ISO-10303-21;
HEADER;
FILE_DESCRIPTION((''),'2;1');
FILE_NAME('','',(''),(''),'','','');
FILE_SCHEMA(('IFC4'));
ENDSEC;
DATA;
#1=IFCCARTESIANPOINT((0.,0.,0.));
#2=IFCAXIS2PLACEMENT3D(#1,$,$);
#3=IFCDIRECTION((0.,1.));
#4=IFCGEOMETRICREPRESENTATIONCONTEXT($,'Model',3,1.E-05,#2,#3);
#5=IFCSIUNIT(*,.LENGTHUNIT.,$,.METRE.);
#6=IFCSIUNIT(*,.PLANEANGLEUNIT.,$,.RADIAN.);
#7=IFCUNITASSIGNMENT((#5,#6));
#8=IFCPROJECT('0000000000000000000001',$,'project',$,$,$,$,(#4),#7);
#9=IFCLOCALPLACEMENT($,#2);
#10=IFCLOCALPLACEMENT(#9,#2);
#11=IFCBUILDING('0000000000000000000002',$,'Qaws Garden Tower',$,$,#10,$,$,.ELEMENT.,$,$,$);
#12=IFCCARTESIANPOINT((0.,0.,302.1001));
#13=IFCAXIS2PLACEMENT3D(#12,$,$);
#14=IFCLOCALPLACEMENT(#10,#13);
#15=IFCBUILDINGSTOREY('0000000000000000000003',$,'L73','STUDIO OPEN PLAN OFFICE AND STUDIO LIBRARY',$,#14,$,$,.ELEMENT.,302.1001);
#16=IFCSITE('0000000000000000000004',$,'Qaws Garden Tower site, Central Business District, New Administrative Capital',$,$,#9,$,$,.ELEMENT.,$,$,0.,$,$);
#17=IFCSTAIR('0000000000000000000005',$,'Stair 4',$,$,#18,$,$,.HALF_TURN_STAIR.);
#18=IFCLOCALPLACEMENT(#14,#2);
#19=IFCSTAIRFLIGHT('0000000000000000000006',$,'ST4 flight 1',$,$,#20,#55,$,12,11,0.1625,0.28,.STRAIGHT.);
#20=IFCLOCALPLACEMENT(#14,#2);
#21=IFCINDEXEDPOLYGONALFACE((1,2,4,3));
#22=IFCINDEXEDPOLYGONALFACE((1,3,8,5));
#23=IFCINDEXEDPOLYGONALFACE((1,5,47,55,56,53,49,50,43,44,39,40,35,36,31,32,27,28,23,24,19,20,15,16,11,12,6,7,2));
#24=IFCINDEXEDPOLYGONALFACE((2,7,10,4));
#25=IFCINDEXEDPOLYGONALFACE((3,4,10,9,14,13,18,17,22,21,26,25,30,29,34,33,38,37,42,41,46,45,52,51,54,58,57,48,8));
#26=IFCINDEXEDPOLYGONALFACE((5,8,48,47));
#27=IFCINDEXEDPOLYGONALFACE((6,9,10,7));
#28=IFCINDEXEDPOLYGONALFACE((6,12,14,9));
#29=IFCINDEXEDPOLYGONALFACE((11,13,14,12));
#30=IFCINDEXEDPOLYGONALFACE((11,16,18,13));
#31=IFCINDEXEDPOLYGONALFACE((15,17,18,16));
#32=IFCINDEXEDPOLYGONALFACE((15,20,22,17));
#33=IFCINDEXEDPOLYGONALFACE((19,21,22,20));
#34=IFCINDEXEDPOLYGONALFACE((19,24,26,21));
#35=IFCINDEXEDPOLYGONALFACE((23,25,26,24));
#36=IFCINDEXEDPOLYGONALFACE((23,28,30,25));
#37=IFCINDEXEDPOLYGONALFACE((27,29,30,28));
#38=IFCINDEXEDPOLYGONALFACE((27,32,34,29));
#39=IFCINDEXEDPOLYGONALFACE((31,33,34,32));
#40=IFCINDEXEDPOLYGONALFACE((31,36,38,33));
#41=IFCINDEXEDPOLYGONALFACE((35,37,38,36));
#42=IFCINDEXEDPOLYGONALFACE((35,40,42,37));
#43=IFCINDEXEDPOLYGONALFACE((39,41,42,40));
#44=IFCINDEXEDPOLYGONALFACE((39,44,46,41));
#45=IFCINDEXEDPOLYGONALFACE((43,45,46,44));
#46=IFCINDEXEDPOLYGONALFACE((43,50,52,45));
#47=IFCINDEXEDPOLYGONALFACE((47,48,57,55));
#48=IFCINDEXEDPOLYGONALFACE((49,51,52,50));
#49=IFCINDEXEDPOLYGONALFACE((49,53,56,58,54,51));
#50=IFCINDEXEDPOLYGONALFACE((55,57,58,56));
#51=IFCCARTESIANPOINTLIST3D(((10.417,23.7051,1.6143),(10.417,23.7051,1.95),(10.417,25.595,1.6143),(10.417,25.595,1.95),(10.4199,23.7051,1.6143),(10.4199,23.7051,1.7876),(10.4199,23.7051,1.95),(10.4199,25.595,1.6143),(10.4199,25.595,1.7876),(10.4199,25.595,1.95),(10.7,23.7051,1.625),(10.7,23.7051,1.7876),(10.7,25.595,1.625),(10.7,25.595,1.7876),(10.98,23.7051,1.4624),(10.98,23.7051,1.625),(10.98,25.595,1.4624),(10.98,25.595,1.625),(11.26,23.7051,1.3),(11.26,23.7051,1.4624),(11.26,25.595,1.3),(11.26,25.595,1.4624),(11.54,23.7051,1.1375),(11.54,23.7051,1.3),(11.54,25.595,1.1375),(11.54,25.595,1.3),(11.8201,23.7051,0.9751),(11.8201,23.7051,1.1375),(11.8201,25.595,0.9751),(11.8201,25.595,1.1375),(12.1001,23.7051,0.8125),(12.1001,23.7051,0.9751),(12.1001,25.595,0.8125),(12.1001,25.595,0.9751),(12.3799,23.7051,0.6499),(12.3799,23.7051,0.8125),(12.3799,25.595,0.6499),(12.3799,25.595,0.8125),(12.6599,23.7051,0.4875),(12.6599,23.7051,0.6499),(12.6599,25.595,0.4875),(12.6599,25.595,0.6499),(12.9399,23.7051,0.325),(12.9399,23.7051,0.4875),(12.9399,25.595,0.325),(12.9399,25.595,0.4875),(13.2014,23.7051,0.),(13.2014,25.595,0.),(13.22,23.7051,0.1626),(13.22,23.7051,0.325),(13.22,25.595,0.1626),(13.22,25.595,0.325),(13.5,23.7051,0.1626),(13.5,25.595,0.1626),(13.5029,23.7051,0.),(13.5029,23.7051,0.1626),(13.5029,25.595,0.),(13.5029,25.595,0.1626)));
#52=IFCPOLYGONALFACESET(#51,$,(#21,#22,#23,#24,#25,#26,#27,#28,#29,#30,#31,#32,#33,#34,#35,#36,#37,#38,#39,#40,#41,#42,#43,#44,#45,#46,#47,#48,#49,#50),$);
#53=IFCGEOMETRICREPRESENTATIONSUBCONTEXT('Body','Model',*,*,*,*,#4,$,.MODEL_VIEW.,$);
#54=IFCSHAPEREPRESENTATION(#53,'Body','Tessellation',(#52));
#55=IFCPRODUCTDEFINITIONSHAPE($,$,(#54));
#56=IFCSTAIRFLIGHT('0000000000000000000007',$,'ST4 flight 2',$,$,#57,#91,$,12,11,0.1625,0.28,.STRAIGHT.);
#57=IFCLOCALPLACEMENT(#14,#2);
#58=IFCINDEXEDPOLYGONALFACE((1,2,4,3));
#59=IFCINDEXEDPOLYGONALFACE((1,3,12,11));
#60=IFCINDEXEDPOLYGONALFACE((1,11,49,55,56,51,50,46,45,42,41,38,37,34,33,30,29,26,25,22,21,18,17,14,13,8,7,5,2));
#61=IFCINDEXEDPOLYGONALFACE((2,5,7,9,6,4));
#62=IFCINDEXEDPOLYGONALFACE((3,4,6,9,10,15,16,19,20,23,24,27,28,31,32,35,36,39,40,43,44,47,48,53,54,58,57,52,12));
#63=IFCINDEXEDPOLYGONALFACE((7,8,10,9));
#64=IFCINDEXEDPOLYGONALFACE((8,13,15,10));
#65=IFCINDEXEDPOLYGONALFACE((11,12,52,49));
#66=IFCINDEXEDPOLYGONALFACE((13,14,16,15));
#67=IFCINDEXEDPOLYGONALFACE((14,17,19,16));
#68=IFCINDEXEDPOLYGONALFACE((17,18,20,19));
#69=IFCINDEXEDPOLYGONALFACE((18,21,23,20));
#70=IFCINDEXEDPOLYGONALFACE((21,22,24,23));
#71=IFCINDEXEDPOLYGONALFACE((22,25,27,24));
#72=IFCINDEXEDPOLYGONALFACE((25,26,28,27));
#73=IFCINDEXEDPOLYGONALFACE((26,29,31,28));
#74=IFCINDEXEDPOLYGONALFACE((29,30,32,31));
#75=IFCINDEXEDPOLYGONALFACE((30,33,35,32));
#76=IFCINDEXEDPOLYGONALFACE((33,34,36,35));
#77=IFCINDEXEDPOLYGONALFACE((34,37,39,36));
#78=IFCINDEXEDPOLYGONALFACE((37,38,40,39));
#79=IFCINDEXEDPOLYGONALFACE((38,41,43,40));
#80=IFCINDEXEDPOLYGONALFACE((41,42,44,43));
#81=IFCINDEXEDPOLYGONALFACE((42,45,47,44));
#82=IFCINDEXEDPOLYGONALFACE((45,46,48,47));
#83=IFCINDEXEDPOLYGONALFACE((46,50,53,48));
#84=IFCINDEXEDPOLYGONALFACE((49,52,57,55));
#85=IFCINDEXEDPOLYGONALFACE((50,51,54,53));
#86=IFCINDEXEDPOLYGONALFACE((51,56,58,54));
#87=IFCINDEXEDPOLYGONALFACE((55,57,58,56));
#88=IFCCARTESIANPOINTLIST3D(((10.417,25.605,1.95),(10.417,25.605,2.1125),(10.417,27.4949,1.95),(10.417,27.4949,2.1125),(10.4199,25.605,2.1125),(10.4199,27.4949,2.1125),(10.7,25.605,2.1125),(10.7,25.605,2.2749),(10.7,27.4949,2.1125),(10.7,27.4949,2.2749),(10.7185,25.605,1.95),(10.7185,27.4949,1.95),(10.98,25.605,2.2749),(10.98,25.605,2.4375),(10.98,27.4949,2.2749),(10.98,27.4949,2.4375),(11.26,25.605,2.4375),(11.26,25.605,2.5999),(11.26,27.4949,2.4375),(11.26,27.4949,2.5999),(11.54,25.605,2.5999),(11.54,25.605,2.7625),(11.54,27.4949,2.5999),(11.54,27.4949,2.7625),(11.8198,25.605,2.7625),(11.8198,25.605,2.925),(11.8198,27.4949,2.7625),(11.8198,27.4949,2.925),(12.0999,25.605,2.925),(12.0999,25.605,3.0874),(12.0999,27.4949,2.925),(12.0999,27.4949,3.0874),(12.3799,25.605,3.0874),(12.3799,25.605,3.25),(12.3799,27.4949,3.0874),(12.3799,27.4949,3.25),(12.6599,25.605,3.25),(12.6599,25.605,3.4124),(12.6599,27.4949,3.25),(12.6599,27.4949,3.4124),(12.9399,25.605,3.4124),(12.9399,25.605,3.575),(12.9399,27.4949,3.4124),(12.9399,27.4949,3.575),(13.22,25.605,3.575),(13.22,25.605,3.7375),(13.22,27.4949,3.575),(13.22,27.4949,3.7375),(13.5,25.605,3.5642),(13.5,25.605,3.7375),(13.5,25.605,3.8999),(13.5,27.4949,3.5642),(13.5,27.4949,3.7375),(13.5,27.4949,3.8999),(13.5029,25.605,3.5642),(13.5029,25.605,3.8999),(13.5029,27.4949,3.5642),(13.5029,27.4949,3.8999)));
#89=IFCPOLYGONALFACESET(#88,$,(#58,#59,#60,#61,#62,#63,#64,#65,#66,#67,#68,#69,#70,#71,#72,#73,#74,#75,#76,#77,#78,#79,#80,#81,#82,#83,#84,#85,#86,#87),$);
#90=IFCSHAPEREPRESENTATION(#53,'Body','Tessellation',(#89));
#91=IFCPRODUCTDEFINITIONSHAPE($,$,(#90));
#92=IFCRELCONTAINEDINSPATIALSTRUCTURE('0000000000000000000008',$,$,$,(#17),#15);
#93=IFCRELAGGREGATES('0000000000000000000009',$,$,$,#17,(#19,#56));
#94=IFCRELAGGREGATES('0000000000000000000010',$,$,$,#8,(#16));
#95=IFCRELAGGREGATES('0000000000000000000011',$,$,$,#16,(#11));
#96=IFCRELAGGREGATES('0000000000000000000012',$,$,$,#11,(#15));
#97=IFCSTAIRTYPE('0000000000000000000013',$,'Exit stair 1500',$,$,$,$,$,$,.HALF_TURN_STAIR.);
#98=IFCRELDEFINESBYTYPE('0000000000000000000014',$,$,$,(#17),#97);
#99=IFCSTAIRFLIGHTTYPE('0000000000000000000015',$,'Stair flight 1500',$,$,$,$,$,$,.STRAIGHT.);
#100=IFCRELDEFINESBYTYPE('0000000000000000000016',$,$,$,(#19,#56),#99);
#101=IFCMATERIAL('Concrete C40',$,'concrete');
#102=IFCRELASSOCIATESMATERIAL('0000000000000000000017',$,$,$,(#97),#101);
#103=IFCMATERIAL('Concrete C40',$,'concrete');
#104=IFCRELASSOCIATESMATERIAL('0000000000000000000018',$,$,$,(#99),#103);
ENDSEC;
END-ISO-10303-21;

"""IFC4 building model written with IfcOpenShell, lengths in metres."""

from ifc_helpers import new_model, si_unit, direction, frame, origin, place, context, subcontext, project, spatial, polyline, outline, extrude, material, type_object, element, aggregate, save


model = new_model("IFC4")

# Units and contexts
model_context = context("Model", 3, precision=1e-05, world=origin(), true_north=direction((0.0, 1.0)))
body_context = subcontext(model_context, "Body", "Model", "MODEL_VIEW")
ifc_project = project(units=[si_unit("LENGTHUNIT", "METRE"), si_unit("PLANEANGLEUNIT", "RADIAN")], contexts=[model_context])

# Site, building, storey
site_placement = place(None, origin())
site = spatial("IfcSite", under=ifc_project, at=site_placement, Name="Qaws Garden Tower site, Central Business District, New Administrative Capital", CompositionType="ELEMENT", RefElevation=0.0)
building_placement = place(site_placement, origin())
building = spatial("IfcBuilding", under=site, at=building_placement, Name="Qaws Garden Tower", CompositionType="ELEMENT")
storey_placement = place(building_placement, frame((0.0, 0.0, 302.1001)))
storey = spatial("IfcBuildingStorey", under=building, at=storey_placement, Name="L73", Description="STUDIO OPEN PLAN OFFICE AND STUDIO LIBRARY", CompositionType="ELEMENT", Elevation=302.1001)

# Stair, stair flights
ifc_material_1 = material(Name="Concrete C40", Category="concrete")
stair_type = type_object("IfcStairType", Name="Exit stair 1500", PredefinedType="HALF_TURN_STAIR", material=ifc_material_1)
stair_placement = place(storey_placement, origin())
stair = element("IfcStair", 1, at=stair_placement, inside=storey, type_object=stair_type, Name="Stair 4", PredefinedType="HALF_TURN_STAIR")
ifc_material_2 = material(Name="Concrete C40", Category="concrete")
stair_flight_type = type_object("IfcStairFlightType", Name="Stair flight 1500", PredefinedType="STRAIGHT", material=ifc_material_2)
stair_flight_1_placement = place(storey_placement, frame((13.5, 24.6499, 0.0), z_axis=(0.0, 0.0, 1.0), x_axis=(-1.0, 0.0, 0.0)))
stair_flight_1 = element("IfcStairFlight", 2, at=stair_flight_1_placement, type_object=stair_flight_type, Name="ST4 flight 1", NumberOfRisers=12, NumberOfTreads=11, PredefinedType="STRAIGHT", RiserHeight=0.1625, TreadLength=0.28, context=body_context, shape_type="SweptSolid", body=[
    extrude(outline(polyline([(-0.0029, 0.0), (-0.0029, 0.1626), (0.0, 0.1626), (0.28, 0.1626), (0.28, 0.325), (0.5601, 0.325), (0.5601, 0.4875), (0.8401, 0.4875), (0.8401, 0.6499), (1.1201, 0.6499), (1.1201, 0.8125), (1.3999, 0.8125), (1.3999, 0.9751), (1.6799, 0.9751), (1.6799, 1.1375), (1.96, 1.1375), (1.96, 1.3), (2.24, 1.3), (2.24, 1.4624), (2.52, 1.4624), (2.52, 1.625), (2.8, 1.625), (2.8, 1.7876), (3.0801, 1.7876), (3.0801, 1.95), (3.083, 1.95), (3.083, 1.6143), (3.0801, 1.6143), (0.2986, 0.0), (-0.0029, 0.0)])), frame((0.0, 0.9448, 0.0), z_axis=(0.0, -1.0, 0.0), x_axis=(1.0, 0.0, 0.0)), (0.0, 0.0, 1.0), 1.8899),
])
stair_flight_2_placement = place(storey_placement, frame((10.4199, 26.55, 1.95), z_axis=(0.0, 0.0, 1.0), x_axis=(1.0, 0.0, 0.0)))
stair_flight_2 = element("IfcStairFlight", 3, at=stair_flight_2_placement, type_object=stair_flight_type, Name="ST4 flight 2", NumberOfRisers=12, NumberOfTreads=11, PredefinedType="STRAIGHT", RiserHeight=0.1625, TreadLength=0.28, context=body_context, shape_type="SweptSolid", body=[
    extrude(outline(polyline([(-0.0029, 0.0), (-0.0029, 0.1626), (0.0, 0.1626), (0.28, 0.1626), (0.28, 0.325), (0.5601, 0.325), (0.5601, 0.4875), (0.8401, 0.4875), (0.8401, 0.6499), (1.1201, 0.6499), (1.1201, 0.8125), (1.3999, 0.8125), (1.3999, 0.9751), (1.6799, 0.9751), (1.6799, 1.1375), (1.96, 1.1375), (1.96, 1.3), (2.24, 1.3), (2.24, 1.4624), (2.52, 1.4624), (2.52, 1.625), (2.8, 1.625), (2.8, 1.7876), (3.0801, 1.7876), (3.0801, 1.95), (3.083, 1.95), (3.083, 1.6143), (3.0801, 1.6143), (0.2986, 0.0), (-0.0029, 0.0)])), frame((0.0, 0.9448, 0.0), z_axis=(0.0, -1.0, 0.0), x_axis=(1.0, 0.0, 0.0)), (0.0, 0.0, 1.0), 1.8899),
])
aggregate(stair, [stair_flight_1, stair_flight_2])

save(model, "model.ifc")
